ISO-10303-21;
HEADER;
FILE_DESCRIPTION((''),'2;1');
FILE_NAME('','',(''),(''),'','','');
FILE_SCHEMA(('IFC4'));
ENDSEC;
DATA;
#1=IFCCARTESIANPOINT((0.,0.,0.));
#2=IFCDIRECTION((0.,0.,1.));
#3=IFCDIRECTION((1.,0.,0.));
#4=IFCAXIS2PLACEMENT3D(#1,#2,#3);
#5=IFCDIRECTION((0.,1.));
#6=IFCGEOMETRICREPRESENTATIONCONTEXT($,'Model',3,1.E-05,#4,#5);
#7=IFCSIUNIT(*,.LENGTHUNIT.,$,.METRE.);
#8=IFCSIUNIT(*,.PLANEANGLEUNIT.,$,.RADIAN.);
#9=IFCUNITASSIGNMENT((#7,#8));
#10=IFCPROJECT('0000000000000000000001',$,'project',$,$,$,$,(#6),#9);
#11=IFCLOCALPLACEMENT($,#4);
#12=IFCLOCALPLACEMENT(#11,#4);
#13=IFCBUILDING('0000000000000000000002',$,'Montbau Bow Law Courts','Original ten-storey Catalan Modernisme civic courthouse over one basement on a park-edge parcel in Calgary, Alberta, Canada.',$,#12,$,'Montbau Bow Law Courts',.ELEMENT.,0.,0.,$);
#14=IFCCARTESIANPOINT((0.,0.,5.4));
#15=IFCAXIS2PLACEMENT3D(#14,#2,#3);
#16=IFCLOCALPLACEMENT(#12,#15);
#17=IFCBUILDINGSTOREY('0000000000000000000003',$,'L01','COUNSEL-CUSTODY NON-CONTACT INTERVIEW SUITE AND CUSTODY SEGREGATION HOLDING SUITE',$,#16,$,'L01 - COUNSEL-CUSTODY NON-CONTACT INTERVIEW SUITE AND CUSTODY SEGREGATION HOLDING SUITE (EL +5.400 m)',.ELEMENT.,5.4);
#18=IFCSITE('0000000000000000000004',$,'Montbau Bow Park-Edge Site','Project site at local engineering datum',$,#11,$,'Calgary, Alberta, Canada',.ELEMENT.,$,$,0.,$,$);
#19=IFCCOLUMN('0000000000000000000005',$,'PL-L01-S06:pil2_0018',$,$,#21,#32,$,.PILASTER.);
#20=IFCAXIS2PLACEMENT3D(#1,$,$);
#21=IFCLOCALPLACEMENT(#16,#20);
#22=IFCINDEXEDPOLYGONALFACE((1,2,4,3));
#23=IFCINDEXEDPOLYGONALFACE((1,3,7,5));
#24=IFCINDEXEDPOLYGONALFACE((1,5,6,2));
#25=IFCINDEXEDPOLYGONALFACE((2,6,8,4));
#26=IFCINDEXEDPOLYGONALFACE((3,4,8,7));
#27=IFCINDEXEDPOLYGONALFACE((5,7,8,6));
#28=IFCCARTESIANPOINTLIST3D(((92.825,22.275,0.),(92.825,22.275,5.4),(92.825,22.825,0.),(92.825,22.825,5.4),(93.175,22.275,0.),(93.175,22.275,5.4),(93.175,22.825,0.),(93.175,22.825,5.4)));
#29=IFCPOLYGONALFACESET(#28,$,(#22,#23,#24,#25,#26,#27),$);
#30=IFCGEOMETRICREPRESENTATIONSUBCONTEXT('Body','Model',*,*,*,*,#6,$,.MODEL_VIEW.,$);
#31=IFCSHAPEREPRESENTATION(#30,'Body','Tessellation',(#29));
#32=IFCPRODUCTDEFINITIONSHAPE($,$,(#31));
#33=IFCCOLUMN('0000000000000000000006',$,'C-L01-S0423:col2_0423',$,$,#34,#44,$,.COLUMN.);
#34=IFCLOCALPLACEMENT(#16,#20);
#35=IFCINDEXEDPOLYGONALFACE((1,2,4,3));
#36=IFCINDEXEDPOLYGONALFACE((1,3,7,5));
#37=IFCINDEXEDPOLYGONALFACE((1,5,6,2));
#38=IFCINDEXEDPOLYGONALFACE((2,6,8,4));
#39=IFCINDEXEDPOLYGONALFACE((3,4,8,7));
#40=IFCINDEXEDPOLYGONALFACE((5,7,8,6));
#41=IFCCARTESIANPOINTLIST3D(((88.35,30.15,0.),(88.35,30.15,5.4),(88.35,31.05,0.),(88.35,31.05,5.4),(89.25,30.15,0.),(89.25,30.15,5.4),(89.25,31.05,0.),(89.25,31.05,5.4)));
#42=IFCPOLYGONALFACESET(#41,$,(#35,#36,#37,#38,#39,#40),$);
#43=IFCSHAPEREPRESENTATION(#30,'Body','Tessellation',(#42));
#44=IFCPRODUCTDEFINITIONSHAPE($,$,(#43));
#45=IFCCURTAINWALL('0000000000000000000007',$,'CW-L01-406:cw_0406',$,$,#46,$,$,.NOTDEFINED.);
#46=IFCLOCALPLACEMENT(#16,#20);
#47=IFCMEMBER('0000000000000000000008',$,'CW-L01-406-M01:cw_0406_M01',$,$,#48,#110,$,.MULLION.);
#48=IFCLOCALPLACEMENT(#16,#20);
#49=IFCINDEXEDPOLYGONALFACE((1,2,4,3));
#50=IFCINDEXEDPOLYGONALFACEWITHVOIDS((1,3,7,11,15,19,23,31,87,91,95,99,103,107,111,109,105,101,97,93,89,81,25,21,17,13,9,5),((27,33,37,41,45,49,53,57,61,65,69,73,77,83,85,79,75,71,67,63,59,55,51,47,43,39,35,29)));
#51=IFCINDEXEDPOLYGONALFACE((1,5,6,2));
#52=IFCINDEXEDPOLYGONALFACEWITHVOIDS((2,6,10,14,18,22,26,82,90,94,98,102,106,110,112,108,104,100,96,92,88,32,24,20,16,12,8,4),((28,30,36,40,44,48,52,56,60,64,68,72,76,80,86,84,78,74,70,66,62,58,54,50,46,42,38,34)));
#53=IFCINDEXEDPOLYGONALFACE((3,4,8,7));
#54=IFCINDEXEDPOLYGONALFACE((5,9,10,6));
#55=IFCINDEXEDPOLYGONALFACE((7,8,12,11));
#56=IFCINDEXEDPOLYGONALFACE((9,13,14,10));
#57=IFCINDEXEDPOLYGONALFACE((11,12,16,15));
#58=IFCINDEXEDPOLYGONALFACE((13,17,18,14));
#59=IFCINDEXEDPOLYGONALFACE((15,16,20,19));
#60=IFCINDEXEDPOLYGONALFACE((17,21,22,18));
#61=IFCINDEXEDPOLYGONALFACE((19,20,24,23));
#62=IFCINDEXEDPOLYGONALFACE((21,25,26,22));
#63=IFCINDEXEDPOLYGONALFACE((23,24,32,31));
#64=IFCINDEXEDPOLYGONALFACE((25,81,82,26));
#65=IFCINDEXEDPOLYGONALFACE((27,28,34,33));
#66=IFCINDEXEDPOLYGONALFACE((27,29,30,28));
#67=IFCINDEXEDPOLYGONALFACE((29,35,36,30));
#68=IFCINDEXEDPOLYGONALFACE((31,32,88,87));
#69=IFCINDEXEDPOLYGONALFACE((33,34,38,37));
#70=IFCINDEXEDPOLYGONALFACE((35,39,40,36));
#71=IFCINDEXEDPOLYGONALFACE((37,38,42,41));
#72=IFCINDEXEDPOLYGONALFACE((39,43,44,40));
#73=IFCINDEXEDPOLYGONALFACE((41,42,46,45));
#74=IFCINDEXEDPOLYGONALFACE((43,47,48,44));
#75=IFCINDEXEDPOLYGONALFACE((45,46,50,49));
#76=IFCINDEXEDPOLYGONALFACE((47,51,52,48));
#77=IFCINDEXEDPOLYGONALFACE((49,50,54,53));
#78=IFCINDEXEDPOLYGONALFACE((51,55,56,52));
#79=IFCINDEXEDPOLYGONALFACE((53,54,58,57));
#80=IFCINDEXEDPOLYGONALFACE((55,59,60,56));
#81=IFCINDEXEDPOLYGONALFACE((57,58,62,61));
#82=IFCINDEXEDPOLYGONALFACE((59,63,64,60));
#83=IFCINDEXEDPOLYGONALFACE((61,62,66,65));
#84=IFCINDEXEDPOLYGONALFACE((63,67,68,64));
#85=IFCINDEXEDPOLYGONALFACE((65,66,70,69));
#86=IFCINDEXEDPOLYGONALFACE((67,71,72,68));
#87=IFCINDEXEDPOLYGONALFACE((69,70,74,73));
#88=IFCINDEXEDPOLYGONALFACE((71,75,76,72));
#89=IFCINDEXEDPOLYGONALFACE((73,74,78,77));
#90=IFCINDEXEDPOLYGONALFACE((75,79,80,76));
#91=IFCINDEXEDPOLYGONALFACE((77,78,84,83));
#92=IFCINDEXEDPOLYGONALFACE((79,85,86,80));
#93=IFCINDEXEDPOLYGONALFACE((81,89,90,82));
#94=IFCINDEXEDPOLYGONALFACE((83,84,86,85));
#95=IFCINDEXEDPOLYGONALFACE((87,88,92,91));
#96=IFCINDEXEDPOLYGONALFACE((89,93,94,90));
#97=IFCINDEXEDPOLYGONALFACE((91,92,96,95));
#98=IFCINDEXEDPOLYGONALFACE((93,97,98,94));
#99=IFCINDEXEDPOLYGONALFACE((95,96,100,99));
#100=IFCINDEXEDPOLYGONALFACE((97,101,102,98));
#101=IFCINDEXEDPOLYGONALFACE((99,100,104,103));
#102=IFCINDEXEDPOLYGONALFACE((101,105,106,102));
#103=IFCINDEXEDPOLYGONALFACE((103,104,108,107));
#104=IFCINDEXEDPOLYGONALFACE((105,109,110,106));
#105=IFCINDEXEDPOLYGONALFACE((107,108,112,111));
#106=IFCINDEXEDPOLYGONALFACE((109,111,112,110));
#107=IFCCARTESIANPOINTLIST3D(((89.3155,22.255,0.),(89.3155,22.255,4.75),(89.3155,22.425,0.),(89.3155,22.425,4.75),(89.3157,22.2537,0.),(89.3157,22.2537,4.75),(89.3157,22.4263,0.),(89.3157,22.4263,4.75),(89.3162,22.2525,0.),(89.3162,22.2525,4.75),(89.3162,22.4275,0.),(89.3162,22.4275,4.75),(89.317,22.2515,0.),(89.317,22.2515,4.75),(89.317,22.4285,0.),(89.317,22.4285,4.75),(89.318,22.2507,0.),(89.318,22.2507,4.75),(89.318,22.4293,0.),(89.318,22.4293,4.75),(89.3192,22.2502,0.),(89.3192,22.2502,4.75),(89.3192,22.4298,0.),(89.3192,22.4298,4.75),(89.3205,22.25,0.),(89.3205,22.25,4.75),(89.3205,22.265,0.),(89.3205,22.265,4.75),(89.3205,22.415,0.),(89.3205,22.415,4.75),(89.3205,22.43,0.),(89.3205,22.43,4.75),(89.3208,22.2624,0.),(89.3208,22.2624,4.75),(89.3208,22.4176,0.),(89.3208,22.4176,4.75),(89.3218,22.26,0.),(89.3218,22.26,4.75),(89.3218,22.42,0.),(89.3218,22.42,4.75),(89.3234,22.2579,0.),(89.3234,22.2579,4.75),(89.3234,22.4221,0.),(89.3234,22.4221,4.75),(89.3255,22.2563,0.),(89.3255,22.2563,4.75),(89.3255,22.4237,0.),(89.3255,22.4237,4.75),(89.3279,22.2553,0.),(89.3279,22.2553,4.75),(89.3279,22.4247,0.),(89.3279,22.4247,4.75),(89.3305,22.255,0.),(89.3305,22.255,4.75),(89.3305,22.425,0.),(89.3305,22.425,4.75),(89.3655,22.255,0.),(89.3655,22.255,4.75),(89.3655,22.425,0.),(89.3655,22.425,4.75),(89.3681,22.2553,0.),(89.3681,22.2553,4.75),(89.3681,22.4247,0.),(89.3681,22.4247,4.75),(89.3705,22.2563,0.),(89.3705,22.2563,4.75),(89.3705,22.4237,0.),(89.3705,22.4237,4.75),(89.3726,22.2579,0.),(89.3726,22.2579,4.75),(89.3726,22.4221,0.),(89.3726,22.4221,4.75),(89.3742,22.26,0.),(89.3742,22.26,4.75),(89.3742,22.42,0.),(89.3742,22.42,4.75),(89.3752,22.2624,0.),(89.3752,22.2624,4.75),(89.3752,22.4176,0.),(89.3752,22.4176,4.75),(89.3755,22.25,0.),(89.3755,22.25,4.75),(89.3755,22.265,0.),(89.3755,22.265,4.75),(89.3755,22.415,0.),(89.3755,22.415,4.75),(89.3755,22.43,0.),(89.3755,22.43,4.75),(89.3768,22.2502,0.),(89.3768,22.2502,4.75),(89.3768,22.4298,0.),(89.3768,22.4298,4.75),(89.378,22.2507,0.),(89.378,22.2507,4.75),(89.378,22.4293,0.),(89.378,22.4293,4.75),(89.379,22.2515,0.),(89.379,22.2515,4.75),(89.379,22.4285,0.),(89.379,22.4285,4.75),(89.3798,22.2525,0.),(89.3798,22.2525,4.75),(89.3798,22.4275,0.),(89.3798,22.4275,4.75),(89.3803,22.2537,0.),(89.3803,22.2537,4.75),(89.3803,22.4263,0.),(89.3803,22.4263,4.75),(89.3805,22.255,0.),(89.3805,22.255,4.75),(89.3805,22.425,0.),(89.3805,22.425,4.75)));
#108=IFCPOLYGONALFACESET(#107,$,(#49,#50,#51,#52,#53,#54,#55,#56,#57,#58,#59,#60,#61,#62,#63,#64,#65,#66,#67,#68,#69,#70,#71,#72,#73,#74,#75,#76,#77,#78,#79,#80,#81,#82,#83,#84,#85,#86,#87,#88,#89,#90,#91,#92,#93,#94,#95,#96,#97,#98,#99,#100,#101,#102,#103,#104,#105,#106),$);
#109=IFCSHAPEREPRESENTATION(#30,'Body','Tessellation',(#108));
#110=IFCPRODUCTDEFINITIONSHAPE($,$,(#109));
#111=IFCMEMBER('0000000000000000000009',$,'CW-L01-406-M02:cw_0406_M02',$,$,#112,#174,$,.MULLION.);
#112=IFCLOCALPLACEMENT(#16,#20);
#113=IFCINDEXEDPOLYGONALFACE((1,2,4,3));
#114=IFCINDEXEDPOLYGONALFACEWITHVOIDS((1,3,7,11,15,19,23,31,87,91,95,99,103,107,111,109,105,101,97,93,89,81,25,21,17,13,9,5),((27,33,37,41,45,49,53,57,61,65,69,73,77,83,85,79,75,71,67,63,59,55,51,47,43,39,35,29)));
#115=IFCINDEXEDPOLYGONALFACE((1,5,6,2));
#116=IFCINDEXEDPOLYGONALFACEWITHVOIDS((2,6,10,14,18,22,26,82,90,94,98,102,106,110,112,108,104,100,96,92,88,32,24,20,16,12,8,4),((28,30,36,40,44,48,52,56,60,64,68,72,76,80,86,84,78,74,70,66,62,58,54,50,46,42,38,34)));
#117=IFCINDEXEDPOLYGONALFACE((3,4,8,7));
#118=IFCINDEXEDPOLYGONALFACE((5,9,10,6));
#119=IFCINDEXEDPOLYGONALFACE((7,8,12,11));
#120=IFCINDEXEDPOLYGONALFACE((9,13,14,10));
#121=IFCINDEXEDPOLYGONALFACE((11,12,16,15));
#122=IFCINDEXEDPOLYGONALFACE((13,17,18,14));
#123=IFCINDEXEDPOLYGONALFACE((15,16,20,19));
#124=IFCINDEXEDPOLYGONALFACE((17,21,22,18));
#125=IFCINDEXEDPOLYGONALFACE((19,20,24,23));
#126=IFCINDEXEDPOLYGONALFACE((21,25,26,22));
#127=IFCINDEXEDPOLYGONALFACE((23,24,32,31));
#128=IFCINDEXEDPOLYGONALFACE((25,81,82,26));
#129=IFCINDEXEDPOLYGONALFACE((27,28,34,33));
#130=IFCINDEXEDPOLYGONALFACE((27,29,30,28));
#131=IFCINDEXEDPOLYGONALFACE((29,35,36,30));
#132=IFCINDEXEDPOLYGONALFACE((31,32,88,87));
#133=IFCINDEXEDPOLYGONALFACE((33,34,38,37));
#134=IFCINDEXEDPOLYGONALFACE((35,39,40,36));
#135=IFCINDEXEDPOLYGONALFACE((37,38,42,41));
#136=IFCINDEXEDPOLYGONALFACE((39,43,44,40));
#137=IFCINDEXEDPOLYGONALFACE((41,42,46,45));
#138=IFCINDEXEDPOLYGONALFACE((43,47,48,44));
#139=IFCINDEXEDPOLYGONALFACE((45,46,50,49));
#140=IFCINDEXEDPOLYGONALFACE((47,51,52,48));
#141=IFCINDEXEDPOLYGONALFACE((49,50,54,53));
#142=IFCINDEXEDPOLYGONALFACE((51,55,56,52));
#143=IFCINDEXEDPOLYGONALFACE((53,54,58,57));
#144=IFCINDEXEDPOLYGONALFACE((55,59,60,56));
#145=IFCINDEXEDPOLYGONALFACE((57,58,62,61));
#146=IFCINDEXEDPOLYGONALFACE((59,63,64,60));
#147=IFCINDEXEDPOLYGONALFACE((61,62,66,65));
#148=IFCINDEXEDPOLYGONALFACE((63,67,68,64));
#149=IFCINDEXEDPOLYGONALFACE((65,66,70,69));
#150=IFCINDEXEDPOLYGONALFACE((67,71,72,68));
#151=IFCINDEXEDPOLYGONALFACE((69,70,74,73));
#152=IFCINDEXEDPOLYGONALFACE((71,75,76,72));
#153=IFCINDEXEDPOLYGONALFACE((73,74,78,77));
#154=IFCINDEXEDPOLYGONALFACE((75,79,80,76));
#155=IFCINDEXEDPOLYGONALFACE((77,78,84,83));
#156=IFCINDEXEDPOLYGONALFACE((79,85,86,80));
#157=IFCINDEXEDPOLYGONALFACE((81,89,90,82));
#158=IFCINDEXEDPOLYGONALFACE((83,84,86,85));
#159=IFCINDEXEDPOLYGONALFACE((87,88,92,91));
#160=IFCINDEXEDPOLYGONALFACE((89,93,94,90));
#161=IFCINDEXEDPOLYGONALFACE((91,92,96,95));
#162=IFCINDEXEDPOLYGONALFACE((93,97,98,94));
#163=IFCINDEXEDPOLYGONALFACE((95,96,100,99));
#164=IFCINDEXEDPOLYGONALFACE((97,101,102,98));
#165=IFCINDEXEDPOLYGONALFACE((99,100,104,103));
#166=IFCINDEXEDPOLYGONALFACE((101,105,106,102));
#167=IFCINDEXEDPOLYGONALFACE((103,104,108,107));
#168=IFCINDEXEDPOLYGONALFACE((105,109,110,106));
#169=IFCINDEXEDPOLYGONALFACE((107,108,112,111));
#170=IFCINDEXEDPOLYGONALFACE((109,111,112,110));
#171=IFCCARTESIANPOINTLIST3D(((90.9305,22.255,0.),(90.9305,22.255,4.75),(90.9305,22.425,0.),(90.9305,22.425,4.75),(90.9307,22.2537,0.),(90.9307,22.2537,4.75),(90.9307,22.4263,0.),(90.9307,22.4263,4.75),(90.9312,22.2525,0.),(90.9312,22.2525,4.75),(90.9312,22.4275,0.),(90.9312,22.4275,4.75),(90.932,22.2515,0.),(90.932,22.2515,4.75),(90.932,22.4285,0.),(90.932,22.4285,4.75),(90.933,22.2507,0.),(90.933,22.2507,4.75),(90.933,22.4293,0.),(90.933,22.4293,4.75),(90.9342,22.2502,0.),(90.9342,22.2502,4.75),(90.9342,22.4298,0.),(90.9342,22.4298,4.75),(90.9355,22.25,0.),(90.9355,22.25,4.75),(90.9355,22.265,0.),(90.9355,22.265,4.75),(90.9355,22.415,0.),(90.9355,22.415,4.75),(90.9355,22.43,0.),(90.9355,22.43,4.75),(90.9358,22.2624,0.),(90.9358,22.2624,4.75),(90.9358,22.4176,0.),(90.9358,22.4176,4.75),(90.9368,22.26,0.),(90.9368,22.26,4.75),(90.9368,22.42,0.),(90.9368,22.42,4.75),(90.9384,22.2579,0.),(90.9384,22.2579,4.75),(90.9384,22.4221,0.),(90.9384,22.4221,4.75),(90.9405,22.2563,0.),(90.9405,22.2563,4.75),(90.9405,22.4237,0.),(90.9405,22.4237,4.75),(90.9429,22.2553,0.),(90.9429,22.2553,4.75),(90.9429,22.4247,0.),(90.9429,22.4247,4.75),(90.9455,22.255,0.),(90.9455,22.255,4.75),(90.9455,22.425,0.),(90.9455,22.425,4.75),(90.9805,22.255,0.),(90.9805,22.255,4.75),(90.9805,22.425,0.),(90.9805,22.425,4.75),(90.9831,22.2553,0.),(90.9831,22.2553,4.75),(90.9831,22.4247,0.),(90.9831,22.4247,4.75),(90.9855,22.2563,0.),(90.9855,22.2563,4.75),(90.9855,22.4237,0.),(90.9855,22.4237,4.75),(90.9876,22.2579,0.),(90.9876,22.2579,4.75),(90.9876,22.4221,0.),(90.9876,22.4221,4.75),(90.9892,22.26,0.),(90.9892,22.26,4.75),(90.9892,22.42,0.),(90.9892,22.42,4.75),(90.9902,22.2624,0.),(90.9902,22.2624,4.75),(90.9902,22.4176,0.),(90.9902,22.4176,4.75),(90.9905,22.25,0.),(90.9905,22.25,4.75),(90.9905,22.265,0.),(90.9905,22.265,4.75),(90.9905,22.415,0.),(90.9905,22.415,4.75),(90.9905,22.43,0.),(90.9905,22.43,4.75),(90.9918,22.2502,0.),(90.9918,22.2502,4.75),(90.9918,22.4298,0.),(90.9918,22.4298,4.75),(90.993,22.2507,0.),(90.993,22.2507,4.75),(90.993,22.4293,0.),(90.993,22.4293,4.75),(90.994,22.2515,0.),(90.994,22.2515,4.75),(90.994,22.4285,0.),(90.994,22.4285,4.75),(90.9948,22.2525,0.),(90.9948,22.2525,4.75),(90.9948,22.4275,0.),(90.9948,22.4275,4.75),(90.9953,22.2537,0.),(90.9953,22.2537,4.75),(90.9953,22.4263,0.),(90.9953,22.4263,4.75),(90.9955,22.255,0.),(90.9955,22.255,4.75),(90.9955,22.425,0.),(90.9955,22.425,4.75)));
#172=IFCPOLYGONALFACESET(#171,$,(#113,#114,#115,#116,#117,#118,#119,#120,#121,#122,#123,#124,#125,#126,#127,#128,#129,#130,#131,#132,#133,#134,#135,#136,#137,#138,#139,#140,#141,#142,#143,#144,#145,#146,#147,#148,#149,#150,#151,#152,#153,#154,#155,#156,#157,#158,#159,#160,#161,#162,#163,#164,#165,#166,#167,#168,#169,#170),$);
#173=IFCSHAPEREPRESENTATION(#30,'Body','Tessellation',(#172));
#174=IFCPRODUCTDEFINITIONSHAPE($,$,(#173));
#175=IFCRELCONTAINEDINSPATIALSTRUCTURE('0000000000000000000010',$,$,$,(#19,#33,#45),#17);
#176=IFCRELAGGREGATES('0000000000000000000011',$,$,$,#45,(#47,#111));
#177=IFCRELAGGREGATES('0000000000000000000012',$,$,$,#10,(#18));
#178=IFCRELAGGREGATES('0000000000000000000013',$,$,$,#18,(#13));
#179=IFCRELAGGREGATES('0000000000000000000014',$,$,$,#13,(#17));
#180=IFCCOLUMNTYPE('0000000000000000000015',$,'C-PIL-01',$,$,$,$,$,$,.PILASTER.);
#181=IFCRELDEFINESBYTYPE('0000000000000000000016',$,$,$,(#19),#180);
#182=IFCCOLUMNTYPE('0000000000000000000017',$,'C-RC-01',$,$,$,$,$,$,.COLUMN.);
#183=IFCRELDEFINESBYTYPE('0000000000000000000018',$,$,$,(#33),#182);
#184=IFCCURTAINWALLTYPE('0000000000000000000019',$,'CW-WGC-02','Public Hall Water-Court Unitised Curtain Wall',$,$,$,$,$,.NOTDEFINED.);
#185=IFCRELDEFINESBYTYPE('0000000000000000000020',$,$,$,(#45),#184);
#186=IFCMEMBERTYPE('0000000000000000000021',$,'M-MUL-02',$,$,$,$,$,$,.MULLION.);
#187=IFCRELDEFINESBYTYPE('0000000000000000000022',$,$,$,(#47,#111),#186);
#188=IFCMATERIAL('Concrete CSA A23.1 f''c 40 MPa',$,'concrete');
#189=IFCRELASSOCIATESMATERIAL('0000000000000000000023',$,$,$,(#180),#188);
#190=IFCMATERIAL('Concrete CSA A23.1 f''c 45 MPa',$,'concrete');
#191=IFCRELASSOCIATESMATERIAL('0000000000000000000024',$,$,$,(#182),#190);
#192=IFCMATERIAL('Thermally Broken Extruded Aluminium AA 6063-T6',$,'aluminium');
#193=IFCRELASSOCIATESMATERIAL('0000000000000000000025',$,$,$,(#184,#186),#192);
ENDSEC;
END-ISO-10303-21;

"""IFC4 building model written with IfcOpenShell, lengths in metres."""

from ifc_helpers import new_model, si_unit, direction, frame, origin_with_axes, origin_2d_with_axis, place, context, subcontext, project, spatial, rectangle, hollow_rectangle, extrude, material, material_profile, profile_set, type_object, element, aggregate, save


model = new_model("IFC4")

# Units and contexts
model_context = context("Model", 3, precision=1e-05, world=origin_with_axes(), true_north=direction((0.0, 1.0)))
body_context = subcontext(model_context, "Body", "Model", "MODEL_VIEW")
ifc_project = project(units=[si_unit("LENGTHUNIT", "METRE"), si_unit("PLANEANGLEUNIT", "RADIAN")], contexts=[model_context])

# Site, building, storey
site_placement = place(None, origin_with_axes())
site = spatial("IfcSite", under=ifc_project, at=site_placement, Name="Montbau Bow Park-Edge Site", Description="Project site at local engineering datum", LongName="Calgary, Alberta, Canada", CompositionType="ELEMENT", RefElevation=0.0)
building_placement = place(site_placement, origin_with_axes())
building = spatial("IfcBuilding", under=site, at=building_placement, Name="Montbau Bow Law Courts", Description="Original ten-storey Catalan Modernisme civic courthouse over one basement on a park-edge parcel in Calgary, Alberta, Canada.", LongName="Montbau Bow Law Courts", CompositionType="ELEMENT", ElevationOfRefHeight=0.0, ElevationOfTerrain=0.0)
storey_placement = place(building_placement, frame((0.0, 0.0, 5.4), z_axis=(0.0, 0.0, 1.0), x_axis=(1.0, 0.0, 0.0)))
storey = spatial("IfcBuildingStorey", under=building, at=storey_placement, Name="L01", Description="COUNSEL-CUSTODY NON-CONTACT INTERVIEW SUITE AND CUSTODY SEGREGATION HOLDING SUITE", LongName="L01 - COUNSEL-CUSTODY NON-CONTACT INTERVIEW SUITE AND CUSTODY SEGREGATION HOLDING SUITE (EL +5.400 m)", CompositionType="ELEMENT", Elevation=5.4)

# Columns
ifc_material_1 = material(Name="Concrete CSA A23.1 f'c 40 MPa", Category="concrete")
ifc_material_profile_1 = material_profile(ifc_material_1, rectangle(XDim=0.35, YDim=0.55, at=origin_2d_with_axis()), Name="RC550X350", Category="Main", Priority=0)
ifc_profile_set_1 = profile_set([ifc_material_profile_1], Name="Concrete CSA A23.1 f'c 40 MPa")
column_type_1 = type_object("IfcColumnType", Name="C-PIL-01", PredefinedType="PILASTER", material=ifc_profile_set_1)
column_1_placement = place(None, frame((93.0, 22.55, 5.4), z_axis=(0.0, 0.0, 1.0), x_axis=(1.0, 0.0, 0.0)))
element("IfcColumn", 1, at=column_1_placement, inside=storey, type_object=column_type_1, Name="PL-L01-S06:pil2_0018", PredefinedType="PILASTER", context=body_context, shape_type="SweptSolid", body=[
    extrude(rectangle(XDim=0.35, YDim=0.55, at=origin_2d_with_axis()), origin_with_axes(), (0.0, 0.0, 1.0), 5.4),
])
ifc_material_2 = material(Name="Concrete CSA A23.1 f'c 45 MPa", Category="concrete")
ifc_material_profile_2 = material_profile(ifc_material_2, rectangle(XDim=0.9, YDim=0.9, at=origin_2d_with_axis()), Name="RC900X900", Category="Main", Priority=0)
ifc_profile_set_2 = profile_set([ifc_material_profile_2], Name="Concrete CSA A23.1 f'c 45 MPa")
column_type_2 = type_object("IfcColumnType", Name="C-RC-01", PredefinedType="COLUMN", material=ifc_profile_set_2)
column_2_placement = place(None, frame((88.8, 30.6, 5.4), z_axis=(0.0, 0.0, 1.0), x_axis=(1.0, 0.0, 0.0)))
element("IfcColumn", 2, at=column_2_placement, inside=storey, type_object=column_type_2, Name="C-L01-S0423:col2_0423", PredefinedType="COLUMN", context=body_context, shape_type="SweptSolid", body=[
    extrude(rectangle(XDim=0.9, YDim=0.9, at=origin_2d_with_axis()), origin_with_axes(), (0.0, 0.0, 1.0), 5.4),
])

# Curtain wall, members
ifc_material_3 = material(Name="Thermally Broken Extruded Aluminium AA 6063-T6", Category="aluminium")
curtain_wall_type = type_object("IfcCurtainWallType", Name="CW-WGC-02", Description="Public Hall Water-Court Unitised Curtain Wall", PredefinedType="NOTDEFINED", material=ifc_material_3)
curtain_wall_1_placement = place(None, frame((89.315, 22.34, 5.4), z_axis=(0.0, 0.0, 1.0), x_axis=(1.0, 0.0, 0.0)))
curtain_wall_1 = element("IfcCurtainWall", 3, at=curtain_wall_1_placement, inside=storey, type_object=curtain_wall_type, Name="CW-L01-406:cw_0406", PredefinedType="NOTDEFINED")
ifc_material_profile_3 = material_profile(ifc_material_3, hollow_rectangle(XDim=0.065, YDim=0.18, WallThickness=0.005, InnerFilletRadius=0.01, OuterFilletRadius=0.005, at=origin_2d_with_axis()), Name="CWM-180X65", Category="Main", Priority=0)
ifc_profile_set_3 = profile_set([ifc_material_profile_3], Name="Thermally Broken Extruded Aluminium AA 6063-T6")
member_type_1 = type_object("IfcMemberType", Name="M-MUL-02", PredefinedType="MULLION", material=ifc_profile_set_3)
member_1_placement = place(None, frame((89.348, 22.34, 5.4), z_axis=(0.0, 0.0, 1.0), x_axis=(1.0, 0.0, 0.0)))
member_1 = element("IfcMember", 4, at=member_1_placement, type_object=member_type_1, Name="CW-L01-406-M01:cw_0406_M01", PredefinedType="MULLION", context=body_context, shape_type="SweptSolid", body=[
    extrude(hollow_rectangle(XDim=0.065, YDim=0.18, WallThickness=0.005, InnerFilletRadius=0.01, OuterFilletRadius=0.005, at=origin_2d_with_axis()), origin_with_axes(), (0.0, 0.0, 1.0), 4.75),
])
member_2_placement = place(None, frame((90.963, 22.34, 5.4), z_axis=(0.0, 0.0, 1.0), x_axis=(1.0, 0.0, 0.0)))
member_2 = element("IfcMember", 5, at=member_2_placement, type_object=member_type_1, Name="CW-L01-406-M02:cw_0406_M02", PredefinedType="MULLION", context=body_context, shape_type="SweptSolid", body=[
    extrude(hollow_rectangle(XDim=0.065, YDim=0.18, WallThickness=0.005, InnerFilletRadius=0.01, OuterFilletRadius=0.005, at=origin_2d_with_axis()), origin_with_axes(), (0.0, 0.0, 1.0), 4.75),
])

aggregate(curtain_wall_1, [member_1, member_2])

save(model, "model.ifc")
